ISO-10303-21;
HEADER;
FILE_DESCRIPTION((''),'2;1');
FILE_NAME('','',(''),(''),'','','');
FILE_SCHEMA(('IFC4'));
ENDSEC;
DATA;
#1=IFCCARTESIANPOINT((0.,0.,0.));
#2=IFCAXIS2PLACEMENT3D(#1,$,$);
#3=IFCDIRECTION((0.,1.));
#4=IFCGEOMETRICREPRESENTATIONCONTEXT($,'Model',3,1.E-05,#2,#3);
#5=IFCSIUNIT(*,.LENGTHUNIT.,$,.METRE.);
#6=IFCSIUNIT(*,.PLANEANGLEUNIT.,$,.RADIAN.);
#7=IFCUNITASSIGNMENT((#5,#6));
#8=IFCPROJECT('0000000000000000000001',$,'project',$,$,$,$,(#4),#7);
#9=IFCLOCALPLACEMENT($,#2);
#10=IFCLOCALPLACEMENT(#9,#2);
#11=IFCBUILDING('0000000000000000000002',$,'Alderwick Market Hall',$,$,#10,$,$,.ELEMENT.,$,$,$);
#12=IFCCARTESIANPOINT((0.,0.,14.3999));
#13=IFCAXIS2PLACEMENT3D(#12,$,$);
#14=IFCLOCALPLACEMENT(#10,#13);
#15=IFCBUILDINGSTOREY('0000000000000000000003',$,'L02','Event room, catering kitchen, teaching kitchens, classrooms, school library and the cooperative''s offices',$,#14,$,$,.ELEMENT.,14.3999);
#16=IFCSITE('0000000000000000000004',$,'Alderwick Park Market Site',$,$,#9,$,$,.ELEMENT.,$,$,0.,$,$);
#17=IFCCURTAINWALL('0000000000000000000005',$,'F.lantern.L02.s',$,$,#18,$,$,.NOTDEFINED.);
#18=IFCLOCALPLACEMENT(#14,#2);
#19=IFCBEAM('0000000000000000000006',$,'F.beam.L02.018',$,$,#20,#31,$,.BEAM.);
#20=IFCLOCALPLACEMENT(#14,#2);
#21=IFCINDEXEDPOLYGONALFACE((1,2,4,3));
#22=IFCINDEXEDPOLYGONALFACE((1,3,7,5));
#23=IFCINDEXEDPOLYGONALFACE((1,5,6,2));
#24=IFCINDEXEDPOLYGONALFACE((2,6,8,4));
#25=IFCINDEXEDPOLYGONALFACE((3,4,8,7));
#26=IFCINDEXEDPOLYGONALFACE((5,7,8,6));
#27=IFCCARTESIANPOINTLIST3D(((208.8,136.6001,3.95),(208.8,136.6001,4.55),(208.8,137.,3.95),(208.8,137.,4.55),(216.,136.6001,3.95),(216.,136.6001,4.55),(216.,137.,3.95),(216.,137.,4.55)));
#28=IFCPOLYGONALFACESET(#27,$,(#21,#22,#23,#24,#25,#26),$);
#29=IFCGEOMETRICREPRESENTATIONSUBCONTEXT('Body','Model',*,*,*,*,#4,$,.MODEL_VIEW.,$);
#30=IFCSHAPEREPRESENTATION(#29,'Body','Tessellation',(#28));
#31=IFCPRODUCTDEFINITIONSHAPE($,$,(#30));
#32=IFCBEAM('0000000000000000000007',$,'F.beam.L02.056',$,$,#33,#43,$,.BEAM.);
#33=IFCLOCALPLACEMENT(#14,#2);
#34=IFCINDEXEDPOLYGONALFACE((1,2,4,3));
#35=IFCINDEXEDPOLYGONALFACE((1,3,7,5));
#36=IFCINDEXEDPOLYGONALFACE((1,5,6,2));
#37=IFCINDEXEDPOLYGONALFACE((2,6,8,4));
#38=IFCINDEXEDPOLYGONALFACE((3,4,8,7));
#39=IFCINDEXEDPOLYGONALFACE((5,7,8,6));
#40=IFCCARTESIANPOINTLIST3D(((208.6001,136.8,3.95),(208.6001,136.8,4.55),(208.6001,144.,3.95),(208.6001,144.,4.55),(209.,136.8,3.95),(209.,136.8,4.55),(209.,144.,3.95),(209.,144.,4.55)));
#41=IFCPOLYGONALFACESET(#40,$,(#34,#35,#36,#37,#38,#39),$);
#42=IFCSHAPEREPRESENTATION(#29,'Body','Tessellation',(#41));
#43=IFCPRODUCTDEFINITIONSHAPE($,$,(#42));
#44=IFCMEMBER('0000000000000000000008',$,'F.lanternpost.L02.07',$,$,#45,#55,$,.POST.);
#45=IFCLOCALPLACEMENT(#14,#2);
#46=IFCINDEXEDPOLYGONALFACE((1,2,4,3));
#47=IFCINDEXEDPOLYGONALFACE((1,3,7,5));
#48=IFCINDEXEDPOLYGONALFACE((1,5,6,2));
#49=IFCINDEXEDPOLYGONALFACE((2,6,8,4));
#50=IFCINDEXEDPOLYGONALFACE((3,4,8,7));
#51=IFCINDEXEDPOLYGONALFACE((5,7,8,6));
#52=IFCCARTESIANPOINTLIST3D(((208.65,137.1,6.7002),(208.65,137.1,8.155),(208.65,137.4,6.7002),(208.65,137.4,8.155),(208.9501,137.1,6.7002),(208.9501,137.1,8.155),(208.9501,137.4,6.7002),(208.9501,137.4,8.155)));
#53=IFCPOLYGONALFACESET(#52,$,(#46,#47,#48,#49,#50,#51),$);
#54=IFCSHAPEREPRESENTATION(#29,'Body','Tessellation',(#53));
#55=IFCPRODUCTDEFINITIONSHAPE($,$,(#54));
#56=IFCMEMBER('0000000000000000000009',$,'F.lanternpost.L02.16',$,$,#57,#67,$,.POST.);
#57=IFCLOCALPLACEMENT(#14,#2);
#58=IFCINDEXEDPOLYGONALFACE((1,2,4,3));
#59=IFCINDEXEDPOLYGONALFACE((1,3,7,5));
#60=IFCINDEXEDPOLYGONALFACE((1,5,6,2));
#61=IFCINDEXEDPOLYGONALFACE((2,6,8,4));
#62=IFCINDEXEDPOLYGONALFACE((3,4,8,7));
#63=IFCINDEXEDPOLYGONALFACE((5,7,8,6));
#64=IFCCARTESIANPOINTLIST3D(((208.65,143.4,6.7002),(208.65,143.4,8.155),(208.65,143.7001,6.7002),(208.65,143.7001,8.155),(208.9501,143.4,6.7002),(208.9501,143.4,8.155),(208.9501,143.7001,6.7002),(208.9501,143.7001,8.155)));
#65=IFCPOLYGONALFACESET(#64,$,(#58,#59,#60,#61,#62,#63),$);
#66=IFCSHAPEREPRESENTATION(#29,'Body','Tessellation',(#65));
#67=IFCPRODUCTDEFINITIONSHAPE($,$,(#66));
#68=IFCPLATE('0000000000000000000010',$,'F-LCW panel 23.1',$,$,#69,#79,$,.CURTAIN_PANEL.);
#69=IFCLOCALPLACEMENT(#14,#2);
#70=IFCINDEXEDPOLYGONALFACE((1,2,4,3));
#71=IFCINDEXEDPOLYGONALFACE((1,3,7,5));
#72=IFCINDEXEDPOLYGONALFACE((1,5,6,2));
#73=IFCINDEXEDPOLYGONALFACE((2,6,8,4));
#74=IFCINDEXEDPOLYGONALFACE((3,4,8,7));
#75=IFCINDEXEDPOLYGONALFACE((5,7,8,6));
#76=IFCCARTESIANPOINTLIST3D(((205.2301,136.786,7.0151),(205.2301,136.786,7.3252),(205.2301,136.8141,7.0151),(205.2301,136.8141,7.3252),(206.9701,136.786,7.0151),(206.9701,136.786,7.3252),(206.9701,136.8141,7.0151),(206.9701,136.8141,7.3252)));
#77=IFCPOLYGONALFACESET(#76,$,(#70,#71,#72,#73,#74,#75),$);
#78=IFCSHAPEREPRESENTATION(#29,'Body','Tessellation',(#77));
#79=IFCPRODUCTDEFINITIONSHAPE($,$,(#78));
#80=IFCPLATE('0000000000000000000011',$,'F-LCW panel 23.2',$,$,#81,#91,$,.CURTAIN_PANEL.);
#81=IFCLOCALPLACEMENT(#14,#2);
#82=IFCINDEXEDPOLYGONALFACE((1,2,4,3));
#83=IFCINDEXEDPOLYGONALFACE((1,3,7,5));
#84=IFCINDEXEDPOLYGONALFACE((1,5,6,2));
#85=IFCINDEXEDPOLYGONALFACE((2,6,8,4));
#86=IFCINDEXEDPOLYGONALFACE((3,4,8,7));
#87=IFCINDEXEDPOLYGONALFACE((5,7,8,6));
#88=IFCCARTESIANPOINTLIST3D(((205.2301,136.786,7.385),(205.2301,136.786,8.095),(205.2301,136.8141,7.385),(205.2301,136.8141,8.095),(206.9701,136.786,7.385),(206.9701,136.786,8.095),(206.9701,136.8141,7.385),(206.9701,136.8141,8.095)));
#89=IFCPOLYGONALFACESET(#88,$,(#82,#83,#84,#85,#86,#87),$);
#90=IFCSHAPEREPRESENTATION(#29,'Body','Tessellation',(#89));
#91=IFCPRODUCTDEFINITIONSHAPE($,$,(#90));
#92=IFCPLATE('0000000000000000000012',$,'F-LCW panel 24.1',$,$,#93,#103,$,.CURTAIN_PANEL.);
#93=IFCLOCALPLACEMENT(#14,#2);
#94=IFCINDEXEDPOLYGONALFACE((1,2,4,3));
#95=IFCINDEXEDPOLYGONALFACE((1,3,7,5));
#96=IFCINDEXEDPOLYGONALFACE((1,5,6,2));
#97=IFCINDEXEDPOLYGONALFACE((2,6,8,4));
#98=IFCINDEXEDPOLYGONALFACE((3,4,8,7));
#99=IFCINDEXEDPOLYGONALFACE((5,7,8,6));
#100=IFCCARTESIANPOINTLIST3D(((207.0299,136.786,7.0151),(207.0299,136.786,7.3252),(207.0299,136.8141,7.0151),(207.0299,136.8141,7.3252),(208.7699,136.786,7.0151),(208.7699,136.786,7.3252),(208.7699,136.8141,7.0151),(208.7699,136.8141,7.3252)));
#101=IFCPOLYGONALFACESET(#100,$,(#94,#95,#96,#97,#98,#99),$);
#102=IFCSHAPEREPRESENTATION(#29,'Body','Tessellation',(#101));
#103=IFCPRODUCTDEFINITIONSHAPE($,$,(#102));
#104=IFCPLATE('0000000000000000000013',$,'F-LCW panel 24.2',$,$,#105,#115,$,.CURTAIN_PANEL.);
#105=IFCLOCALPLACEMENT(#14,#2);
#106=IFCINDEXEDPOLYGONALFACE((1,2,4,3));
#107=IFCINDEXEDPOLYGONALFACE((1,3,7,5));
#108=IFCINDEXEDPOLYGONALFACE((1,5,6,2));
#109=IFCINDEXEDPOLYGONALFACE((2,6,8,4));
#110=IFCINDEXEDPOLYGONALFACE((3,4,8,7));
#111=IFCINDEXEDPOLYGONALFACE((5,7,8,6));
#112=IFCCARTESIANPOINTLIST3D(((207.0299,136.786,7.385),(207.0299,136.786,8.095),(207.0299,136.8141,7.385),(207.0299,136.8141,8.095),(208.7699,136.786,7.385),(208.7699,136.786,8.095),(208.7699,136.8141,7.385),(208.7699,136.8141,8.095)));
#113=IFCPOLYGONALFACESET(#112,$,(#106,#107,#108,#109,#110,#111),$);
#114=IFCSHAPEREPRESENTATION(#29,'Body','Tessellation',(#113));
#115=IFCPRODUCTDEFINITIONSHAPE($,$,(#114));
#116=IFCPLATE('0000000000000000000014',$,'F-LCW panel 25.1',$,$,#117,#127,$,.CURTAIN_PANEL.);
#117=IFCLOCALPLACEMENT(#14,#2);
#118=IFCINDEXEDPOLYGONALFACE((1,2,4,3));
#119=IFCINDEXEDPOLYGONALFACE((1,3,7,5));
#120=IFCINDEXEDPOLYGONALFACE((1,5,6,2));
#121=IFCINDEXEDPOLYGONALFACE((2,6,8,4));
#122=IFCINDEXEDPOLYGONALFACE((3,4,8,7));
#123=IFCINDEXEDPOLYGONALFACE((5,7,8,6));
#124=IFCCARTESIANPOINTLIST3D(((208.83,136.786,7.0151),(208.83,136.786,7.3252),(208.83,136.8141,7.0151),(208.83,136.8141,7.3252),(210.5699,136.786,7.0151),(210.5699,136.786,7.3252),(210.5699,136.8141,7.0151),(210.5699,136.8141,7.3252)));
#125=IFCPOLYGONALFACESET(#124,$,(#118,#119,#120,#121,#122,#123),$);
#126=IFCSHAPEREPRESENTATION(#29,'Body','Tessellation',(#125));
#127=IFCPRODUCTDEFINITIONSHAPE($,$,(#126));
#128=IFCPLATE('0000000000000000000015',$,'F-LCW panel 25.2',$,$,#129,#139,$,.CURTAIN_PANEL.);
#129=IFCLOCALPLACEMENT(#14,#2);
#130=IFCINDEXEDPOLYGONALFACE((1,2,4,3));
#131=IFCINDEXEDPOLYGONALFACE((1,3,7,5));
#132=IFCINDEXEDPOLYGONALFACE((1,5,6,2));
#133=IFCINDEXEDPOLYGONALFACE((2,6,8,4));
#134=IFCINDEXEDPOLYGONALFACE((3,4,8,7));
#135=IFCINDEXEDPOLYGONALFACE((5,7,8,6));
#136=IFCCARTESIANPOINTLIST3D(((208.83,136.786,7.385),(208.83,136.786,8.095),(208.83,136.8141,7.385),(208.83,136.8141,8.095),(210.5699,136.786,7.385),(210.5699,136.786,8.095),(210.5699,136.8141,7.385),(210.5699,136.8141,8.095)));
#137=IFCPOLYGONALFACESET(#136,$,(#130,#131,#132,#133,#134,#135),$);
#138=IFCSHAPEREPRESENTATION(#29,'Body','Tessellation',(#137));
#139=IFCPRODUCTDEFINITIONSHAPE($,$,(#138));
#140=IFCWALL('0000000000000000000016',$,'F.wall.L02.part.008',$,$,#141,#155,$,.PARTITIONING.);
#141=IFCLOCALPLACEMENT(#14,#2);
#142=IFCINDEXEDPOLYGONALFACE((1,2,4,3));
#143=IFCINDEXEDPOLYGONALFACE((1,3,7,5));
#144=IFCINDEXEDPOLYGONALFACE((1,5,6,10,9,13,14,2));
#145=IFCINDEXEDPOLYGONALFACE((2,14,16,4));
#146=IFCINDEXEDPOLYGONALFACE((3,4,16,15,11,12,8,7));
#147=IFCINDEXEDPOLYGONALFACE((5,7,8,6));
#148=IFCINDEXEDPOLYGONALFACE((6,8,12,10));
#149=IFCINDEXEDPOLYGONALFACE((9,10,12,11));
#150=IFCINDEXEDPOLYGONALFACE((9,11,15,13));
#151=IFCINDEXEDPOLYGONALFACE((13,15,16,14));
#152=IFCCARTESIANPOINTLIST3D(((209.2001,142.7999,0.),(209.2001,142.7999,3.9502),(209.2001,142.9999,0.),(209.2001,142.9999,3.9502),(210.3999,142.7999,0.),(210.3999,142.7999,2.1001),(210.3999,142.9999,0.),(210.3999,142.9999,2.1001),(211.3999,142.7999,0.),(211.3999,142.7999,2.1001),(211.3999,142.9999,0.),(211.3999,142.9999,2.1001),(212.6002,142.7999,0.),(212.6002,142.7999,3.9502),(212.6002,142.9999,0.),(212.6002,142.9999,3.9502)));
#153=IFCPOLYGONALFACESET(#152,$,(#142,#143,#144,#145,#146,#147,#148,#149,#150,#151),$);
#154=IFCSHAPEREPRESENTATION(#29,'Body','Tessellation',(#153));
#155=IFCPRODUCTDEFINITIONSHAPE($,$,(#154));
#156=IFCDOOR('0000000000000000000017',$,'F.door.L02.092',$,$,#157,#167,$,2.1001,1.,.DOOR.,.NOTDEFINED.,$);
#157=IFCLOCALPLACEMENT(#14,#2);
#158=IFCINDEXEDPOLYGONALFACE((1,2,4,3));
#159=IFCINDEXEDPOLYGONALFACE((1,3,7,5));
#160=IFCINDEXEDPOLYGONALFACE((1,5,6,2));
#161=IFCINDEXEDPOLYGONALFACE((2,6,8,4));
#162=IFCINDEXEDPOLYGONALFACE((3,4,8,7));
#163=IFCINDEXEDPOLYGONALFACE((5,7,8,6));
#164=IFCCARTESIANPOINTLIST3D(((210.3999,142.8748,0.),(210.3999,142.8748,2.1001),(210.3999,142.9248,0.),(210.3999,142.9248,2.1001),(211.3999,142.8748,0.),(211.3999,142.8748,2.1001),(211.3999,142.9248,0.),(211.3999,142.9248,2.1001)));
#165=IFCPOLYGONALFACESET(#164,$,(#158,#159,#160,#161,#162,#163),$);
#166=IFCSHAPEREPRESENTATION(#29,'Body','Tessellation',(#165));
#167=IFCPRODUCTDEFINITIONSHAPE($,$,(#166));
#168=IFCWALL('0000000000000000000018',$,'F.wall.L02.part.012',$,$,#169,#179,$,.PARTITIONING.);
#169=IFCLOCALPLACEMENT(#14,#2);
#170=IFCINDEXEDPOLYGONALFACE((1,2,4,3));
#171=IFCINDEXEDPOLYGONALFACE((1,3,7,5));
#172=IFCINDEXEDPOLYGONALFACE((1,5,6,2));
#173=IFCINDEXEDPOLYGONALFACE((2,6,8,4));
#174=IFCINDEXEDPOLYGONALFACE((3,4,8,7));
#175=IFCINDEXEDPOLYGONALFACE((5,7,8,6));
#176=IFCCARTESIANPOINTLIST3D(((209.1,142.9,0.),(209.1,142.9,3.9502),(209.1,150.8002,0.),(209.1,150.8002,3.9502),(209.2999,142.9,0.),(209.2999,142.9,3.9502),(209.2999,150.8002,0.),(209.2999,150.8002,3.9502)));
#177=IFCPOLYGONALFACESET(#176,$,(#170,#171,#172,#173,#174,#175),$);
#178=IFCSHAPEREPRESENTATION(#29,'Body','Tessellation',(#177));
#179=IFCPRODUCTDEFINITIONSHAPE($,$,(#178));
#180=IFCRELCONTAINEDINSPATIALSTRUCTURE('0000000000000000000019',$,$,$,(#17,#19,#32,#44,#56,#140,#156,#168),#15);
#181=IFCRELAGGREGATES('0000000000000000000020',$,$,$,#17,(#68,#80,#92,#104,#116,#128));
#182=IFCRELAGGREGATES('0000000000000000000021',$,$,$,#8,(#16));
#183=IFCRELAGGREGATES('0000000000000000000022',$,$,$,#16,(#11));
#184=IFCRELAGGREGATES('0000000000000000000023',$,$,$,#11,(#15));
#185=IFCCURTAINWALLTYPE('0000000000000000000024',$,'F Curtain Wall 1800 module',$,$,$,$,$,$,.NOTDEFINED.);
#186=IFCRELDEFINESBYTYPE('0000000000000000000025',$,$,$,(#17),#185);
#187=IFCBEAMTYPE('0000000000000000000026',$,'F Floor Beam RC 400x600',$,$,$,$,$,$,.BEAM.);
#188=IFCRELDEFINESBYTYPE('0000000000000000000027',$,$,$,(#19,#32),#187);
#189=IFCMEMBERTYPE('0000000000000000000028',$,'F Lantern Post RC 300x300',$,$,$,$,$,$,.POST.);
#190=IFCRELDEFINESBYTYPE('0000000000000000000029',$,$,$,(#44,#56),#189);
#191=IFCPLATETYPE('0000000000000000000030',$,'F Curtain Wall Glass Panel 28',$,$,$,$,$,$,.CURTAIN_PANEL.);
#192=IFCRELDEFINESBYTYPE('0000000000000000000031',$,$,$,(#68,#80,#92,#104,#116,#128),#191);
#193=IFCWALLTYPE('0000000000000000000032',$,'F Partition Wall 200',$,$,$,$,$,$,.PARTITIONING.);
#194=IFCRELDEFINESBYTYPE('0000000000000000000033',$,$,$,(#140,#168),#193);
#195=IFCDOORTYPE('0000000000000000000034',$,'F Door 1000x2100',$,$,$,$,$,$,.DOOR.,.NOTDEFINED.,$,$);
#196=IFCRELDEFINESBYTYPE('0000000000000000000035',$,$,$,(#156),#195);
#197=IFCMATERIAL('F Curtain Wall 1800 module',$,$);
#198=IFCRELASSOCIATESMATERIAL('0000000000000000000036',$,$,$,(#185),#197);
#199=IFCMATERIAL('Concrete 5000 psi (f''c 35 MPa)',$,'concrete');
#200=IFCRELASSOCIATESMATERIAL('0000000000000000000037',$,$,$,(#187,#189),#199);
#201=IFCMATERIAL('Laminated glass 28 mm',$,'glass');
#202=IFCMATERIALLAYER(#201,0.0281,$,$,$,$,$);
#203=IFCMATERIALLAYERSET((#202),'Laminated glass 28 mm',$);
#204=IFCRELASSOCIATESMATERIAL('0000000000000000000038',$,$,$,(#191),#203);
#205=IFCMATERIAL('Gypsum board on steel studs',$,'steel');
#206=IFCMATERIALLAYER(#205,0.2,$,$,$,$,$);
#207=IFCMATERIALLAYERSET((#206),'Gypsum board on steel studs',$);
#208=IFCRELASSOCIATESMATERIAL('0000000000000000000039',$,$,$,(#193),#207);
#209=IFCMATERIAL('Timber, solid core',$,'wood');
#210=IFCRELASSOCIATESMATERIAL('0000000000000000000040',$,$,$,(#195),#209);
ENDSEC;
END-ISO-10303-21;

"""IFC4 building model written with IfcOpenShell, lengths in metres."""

from ifc_helpers import new_model, si_unit, direction, frame, frame_2d, origin, origin_2d, place, context, subcontext, project, spatial, rectangle, extrude, material, layer, layer_set, material_profile, profile_set, type_object, element, fill, aggregate, save


model = new_model("IFC4")

# Units and contexts
model_context = context("Model", 3, precision=1e-05, world=origin(), true_north=direction((0.0, 1.0)))
body_context = subcontext(model_context, "Body", "Model", "MODEL_VIEW")
ifc_project = project(units=[si_unit("LENGTHUNIT", "METRE"), si_unit("PLANEANGLEUNIT", "RADIAN")], contexts=[model_context])

# Site, building, storey
site_placement = place(None, origin())
site = spatial("IfcSite", under=ifc_project, at=site_placement, Name="Alderwick Park Market Site", CompositionType="ELEMENT", RefElevation=0.0)
building_placement = place(site_placement, origin())
building = spatial("IfcBuilding", under=site, at=building_placement, Name="Alderwick Market Hall", CompositionType="ELEMENT")
storey_placement = place(building_placement, frame((0.0, 0.0, 14.3999)))
storey = spatial("IfcBuildingStorey", under=building, at=storey_placement, Name="L02", Description="Event room, catering kitchen, teaching kitchens, classrooms, school library and the cooperative's offices", CompositionType="ELEMENT", Elevation=14.3999)

# Shared definitions
ifc_material_1 = material(Name="Concrete 5000 psi (f'c 35 MPa)", Category="concrete")

# Curtain wall
ifc_material_2 = material(Name="F Curtain Wall 1800 module")
curtain_wall_type = type_object("IfcCurtainWallType", Name="F Curtain Wall 1800 module", PredefinedType="NOTDEFINED", material=ifc_material_2)
curtain_wall_placement = place(storey_placement, origin())
curtain_wall = element("IfcCurtainWall", 1, at=curtain_wall_placement, inside=storey, type_object=curtain_wall_type, Name="F.lantern.L02.s", PredefinedType="NOTDEFINED")

# Beams
ifc_material_profile_1 = material_profile(ifc_material_1, rectangle(XDim=0.3999, YDim=0.6001, at=origin_2d()), Name="RC 400x600")
ifc_profile_set_1 = profile_set([ifc_material_profile_1], Name="Concrete 5000 psi (f'c 35 MPa)")
beam_type = type_object("IfcBeamType", Name="F Floor Beam RC 400x600", PredefinedType="BEAM", material=ifc_profile_set_1)
for number, where, z_axis, x_axis, name in (
    (2, (208.8, 136.8, 4.25), (1.0, 0.0, 0.0), (0.0, 1.0, 0.0), "F.beam.L02.018"),
    (3, (208.8, 136.8, 4.25), (0.0, 1.0, 0.0), (-1.0, 0.0, 0.0), "F.beam.L02.056"),
):
    element("IfcBeam", number, at=place(storey_placement, frame(where, z_axis=z_axis, x_axis=x_axis)), inside=storey, type_object=beam_type, Name=name, PredefinedType="BEAM", context=body_context, shape_type="SweptSolid", body=[
        extrude(rectangle(XDim=0.3999, YDim=0.6001, at=origin_2d()), origin(), (0.0, 0.0, 1.0), 7.2),
    ])

# Members
ifc_material_profile_2 = material_profile(ifc_material_1, rectangle(XDim=0.3, YDim=0.3, at=origin_2d()), Name="RC 300x300")
ifc_profile_set_2 = profile_set([ifc_material_profile_2], Name="Concrete 5000 psi (f'c 35 MPa)")
member_type_1 = type_object("IfcMemberType", Name="F Lantern Post RC 300x300", PredefinedType="POST", material=ifc_profile_set_2)
for number, where, z_axis, x_axis, name in (
    (4, (208.8, 137.25, 6.7002), (0.0, 0.0, 1.0), (1.0, 0.0, 0.0), "F.lanternpost.L02.07"),
    (5, (208.8, 143.55, 6.7002), (0.0, 0.0, 1.0), (1.0, 0.0, 0.0), "F.lanternpost.L02.16"),
):
    element("IfcMember", number, at=place(storey_placement, frame(where, z_axis=z_axis, x_axis=x_axis)), inside=storey, type_object=member_type_1, Name=name, PredefinedType="POST", context=body_context, shape_type="SweptSolid", body=[
        extrude(rectangle(XDim=0.3, YDim=0.3, at=origin_2d()), origin(), (0.0, 0.0, 1.0), 1.4548),
    ])

# Plates
ifc_material_3 = material(Name="Laminated glass 28 mm", Category="glass")
ifc_layer_1 = layer(ifc_material_3, 0.0281)
ifc_layer_set_1 = layer_set([ifc_layer_1], Name="Laminated glass 28 mm")
plate_type = type_object("IfcPlateType", Name="F Curtain Wall Glass Panel 28", PredefinedType="CURTAIN_PANEL", material=ifc_layer_set_1)
plate_1_placement = place(storey_placement, frame((206.1001, 136.8, 7.0151), z_axis=(0.0, 0.0, 1.0), x_axis=(1.0, 0.0, 0.0)))
plate_1 = element("IfcPlate", 6, at=plate_1_placement, type_object=plate_type, Name="F-LCW panel 23.1", PredefinedType="CURTAIN_PANEL", context=body_context, shape_type="SweptSolid", body=[
    extrude(rectangle(XDim=1.74, YDim=0.0281, at=origin_2d()), origin(), (0.0, 0.0, 1.0), 0.3101),
])
plate_2_placement = place(storey_placement, frame((206.1001, 136.8, 7.385), z_axis=(0.0, 0.0, 1.0), x_axis=(1.0, 0.0, 0.0)))
plate_2 = element("IfcPlate", 7, at=plate_2_placement, type_object=plate_type, Name="F-LCW panel 23.2", PredefinedType="CURTAIN_PANEL", context=body_context, shape_type="SweptSolid", body=[
    extrude(rectangle(XDim=1.74, YDim=0.0281, at=origin_2d()), origin(), (0.0, 0.0, 1.0), 0.71),
])
plate_3_placement = place(storey_placement, frame((207.8999, 136.8, 7.0151), z_axis=(0.0, 0.0, 1.0), x_axis=(1.0, 0.0, 0.0)))
plate_3 = element("IfcPlate", 8, at=plate_3_placement, type_object=plate_type, Name="F-LCW panel 24.1", PredefinedType="CURTAIN_PANEL", context=body_context, shape_type="SweptSolid", body=[
    extrude(rectangle(XDim=1.74, YDim=0.0281, at=origin_2d()), origin(), (0.0, 0.0, 1.0), 0.3101),
])
plate_4_placement = place(storey_placement, frame((207.8999, 136.8, 7.385), z_axis=(0.0, 0.0, 1.0), x_axis=(1.0, 0.0, 0.0)))
plate_4 = element("IfcPlate", 9, at=plate_4_placement, type_object=plate_type, Name="F-LCW panel 24.2", PredefinedType="CURTAIN_PANEL", context=body_context, shape_type="SweptSolid", body=[
    extrude(rectangle(XDim=1.74, YDim=0.0281, at=origin_2d()), origin(), (0.0, 0.0, 1.0), 0.71),
])
plate_5_placement = place(storey_placement, frame((209.7, 136.8, 7.0151), z_axis=(0.0, 0.0, 1.0), x_axis=(1.0, 0.0, 0.0)))
plate_5 = element("IfcPlate", 10, at=plate_5_placement, type_object=plate_type, Name="F-LCW panel 25.1", PredefinedType="CURTAIN_PANEL", context=body_context, shape_type="SweptSolid", body=[
    extrude(rectangle(XDim=1.74, YDim=0.0281, at=origin_2d()), origin(), (0.0, 0.0, 1.0), 0.3101),
])
plate_6_placement = place(storey_placement, frame((209.7, 136.8, 7.385), z_axis=(0.0, 0.0, 1.0), x_axis=(1.0, 0.0, 0.0)))
plate_6 = element("IfcPlate", 11, at=plate_6_placement, type_object=plate_type, Name="F-LCW panel 25.2", PredefinedType="CURTAIN_PANEL", context=body_context, shape_type="SweptSolid", body=[
    extrude(rectangle(XDim=1.74, YDim=0.0281, at=origin_2d()), origin(), (0.0, 0.0, 1.0), 0.71),
])
aggregate(curtain_wall, [plate_1, plate_2, plate_3, plate_4, plate_5, plate_6])

# Wall, opening, door
ifc_material_4 = material(Name="Gypsum board on steel studs", Category="steel")
ifc_layer_2 = layer(ifc_material_4, 0.2)
ifc_layer_set_2 = layer_set([ifc_layer_2], Name="Gypsum board on steel studs")
wall_type = type_object("IfcWallType", Name="F Partition Wall 200", PredefinedType="PARTITIONING", material=ifc_layer_set_2)
wall_1_placement = place(storey_placement, frame((209.2, 142.8999, 0.0), z_axis=(0.0, 0.0, 1.0), x_axis=(1.0, 0.0, 0.0)))
wall_1 = element("IfcWall", 12, at=wall_1_placement, inside=storey, type_object=wall_type, Name="F.wall.L02.part.008", PredefinedType="PARTITIONING", context=body_context, shape_type="SweptSolid", body=[
    extrude(rectangle(XDim=3.4001, YDim=0.2, at=frame_2d((1.7002, 0.0))), origin(), (0.0, 0.0, 1.0), 3.9502),
])
opening_placement = place(wall_1_placement, frame((1.2, 0.0, 0.0)))
opening = element("IfcOpeningElement", 13, at=opening_placement, cuts=wall_1, PredefinedType="OPENING", context=body_context, shape_type="SweptSolid", body=[
    extrude(rectangle(XDim=1.0, YDim=2.1001, at=frame_2d((0.5, 1.05))), frame((0.0, 0.1099, 0.0), z_axis=(0.0, -1.0, 0.0), x_axis=(1.0, 0.0, 0.0)), (0.0, 0.0, 1.0), 0.22),
])
ifc_material_5 = material(Name="Timber, solid core", Category="wood")
door_type = type_object("IfcDoorType", Name="F Door 1000x2100", OperationType="NOTDEFINED", PredefinedType="DOOR", material=ifc_material_5)
door_placement = place(opening_placement, origin())
door = element("IfcDoor", 14, at=door_placement, inside=storey, type_object=door_type, Name="F.door.L02.092", OperationType="NOTDEFINED", OverallHeight=2.1001, OverallWidth=1.0, PredefinedType="DOOR", context=body_context, shape_type="SweptSolid", body=[
    extrude(rectangle(XDim=1.0, YDim=2.1001, at=frame_2d((0.5, 1.05))), frame((0.0, 0.0249, 0.0), z_axis=(0.0, -1.0, 0.0), x_axis=(1.0, 0.0, 0.0)), (0.0, 0.0, 1.0), 0.05),
])
fill(opening, door)

# Wall
wall_2_placement = place(storey_placement, frame((209.2, 142.8999, 0.0), z_axis=(0.0, 0.0, 1.0), x_axis=(0.0, 1.0, 0.0)))
element("IfcWall", 15, at=wall_2_placement, inside=storey, type_object=wall_type, Name="F.wall.L02.part.012", PredefinedType="PARTITIONING", context=body_context, shape_type="SweptSolid", body=[
    extrude(rectangle(XDim=7.9001, YDim=0.2, at=frame_2d((3.9502, 0.0))), origin(), (0.0, 0.0, 1.0), 3.9502),
])

save(model, "model.ifc")
